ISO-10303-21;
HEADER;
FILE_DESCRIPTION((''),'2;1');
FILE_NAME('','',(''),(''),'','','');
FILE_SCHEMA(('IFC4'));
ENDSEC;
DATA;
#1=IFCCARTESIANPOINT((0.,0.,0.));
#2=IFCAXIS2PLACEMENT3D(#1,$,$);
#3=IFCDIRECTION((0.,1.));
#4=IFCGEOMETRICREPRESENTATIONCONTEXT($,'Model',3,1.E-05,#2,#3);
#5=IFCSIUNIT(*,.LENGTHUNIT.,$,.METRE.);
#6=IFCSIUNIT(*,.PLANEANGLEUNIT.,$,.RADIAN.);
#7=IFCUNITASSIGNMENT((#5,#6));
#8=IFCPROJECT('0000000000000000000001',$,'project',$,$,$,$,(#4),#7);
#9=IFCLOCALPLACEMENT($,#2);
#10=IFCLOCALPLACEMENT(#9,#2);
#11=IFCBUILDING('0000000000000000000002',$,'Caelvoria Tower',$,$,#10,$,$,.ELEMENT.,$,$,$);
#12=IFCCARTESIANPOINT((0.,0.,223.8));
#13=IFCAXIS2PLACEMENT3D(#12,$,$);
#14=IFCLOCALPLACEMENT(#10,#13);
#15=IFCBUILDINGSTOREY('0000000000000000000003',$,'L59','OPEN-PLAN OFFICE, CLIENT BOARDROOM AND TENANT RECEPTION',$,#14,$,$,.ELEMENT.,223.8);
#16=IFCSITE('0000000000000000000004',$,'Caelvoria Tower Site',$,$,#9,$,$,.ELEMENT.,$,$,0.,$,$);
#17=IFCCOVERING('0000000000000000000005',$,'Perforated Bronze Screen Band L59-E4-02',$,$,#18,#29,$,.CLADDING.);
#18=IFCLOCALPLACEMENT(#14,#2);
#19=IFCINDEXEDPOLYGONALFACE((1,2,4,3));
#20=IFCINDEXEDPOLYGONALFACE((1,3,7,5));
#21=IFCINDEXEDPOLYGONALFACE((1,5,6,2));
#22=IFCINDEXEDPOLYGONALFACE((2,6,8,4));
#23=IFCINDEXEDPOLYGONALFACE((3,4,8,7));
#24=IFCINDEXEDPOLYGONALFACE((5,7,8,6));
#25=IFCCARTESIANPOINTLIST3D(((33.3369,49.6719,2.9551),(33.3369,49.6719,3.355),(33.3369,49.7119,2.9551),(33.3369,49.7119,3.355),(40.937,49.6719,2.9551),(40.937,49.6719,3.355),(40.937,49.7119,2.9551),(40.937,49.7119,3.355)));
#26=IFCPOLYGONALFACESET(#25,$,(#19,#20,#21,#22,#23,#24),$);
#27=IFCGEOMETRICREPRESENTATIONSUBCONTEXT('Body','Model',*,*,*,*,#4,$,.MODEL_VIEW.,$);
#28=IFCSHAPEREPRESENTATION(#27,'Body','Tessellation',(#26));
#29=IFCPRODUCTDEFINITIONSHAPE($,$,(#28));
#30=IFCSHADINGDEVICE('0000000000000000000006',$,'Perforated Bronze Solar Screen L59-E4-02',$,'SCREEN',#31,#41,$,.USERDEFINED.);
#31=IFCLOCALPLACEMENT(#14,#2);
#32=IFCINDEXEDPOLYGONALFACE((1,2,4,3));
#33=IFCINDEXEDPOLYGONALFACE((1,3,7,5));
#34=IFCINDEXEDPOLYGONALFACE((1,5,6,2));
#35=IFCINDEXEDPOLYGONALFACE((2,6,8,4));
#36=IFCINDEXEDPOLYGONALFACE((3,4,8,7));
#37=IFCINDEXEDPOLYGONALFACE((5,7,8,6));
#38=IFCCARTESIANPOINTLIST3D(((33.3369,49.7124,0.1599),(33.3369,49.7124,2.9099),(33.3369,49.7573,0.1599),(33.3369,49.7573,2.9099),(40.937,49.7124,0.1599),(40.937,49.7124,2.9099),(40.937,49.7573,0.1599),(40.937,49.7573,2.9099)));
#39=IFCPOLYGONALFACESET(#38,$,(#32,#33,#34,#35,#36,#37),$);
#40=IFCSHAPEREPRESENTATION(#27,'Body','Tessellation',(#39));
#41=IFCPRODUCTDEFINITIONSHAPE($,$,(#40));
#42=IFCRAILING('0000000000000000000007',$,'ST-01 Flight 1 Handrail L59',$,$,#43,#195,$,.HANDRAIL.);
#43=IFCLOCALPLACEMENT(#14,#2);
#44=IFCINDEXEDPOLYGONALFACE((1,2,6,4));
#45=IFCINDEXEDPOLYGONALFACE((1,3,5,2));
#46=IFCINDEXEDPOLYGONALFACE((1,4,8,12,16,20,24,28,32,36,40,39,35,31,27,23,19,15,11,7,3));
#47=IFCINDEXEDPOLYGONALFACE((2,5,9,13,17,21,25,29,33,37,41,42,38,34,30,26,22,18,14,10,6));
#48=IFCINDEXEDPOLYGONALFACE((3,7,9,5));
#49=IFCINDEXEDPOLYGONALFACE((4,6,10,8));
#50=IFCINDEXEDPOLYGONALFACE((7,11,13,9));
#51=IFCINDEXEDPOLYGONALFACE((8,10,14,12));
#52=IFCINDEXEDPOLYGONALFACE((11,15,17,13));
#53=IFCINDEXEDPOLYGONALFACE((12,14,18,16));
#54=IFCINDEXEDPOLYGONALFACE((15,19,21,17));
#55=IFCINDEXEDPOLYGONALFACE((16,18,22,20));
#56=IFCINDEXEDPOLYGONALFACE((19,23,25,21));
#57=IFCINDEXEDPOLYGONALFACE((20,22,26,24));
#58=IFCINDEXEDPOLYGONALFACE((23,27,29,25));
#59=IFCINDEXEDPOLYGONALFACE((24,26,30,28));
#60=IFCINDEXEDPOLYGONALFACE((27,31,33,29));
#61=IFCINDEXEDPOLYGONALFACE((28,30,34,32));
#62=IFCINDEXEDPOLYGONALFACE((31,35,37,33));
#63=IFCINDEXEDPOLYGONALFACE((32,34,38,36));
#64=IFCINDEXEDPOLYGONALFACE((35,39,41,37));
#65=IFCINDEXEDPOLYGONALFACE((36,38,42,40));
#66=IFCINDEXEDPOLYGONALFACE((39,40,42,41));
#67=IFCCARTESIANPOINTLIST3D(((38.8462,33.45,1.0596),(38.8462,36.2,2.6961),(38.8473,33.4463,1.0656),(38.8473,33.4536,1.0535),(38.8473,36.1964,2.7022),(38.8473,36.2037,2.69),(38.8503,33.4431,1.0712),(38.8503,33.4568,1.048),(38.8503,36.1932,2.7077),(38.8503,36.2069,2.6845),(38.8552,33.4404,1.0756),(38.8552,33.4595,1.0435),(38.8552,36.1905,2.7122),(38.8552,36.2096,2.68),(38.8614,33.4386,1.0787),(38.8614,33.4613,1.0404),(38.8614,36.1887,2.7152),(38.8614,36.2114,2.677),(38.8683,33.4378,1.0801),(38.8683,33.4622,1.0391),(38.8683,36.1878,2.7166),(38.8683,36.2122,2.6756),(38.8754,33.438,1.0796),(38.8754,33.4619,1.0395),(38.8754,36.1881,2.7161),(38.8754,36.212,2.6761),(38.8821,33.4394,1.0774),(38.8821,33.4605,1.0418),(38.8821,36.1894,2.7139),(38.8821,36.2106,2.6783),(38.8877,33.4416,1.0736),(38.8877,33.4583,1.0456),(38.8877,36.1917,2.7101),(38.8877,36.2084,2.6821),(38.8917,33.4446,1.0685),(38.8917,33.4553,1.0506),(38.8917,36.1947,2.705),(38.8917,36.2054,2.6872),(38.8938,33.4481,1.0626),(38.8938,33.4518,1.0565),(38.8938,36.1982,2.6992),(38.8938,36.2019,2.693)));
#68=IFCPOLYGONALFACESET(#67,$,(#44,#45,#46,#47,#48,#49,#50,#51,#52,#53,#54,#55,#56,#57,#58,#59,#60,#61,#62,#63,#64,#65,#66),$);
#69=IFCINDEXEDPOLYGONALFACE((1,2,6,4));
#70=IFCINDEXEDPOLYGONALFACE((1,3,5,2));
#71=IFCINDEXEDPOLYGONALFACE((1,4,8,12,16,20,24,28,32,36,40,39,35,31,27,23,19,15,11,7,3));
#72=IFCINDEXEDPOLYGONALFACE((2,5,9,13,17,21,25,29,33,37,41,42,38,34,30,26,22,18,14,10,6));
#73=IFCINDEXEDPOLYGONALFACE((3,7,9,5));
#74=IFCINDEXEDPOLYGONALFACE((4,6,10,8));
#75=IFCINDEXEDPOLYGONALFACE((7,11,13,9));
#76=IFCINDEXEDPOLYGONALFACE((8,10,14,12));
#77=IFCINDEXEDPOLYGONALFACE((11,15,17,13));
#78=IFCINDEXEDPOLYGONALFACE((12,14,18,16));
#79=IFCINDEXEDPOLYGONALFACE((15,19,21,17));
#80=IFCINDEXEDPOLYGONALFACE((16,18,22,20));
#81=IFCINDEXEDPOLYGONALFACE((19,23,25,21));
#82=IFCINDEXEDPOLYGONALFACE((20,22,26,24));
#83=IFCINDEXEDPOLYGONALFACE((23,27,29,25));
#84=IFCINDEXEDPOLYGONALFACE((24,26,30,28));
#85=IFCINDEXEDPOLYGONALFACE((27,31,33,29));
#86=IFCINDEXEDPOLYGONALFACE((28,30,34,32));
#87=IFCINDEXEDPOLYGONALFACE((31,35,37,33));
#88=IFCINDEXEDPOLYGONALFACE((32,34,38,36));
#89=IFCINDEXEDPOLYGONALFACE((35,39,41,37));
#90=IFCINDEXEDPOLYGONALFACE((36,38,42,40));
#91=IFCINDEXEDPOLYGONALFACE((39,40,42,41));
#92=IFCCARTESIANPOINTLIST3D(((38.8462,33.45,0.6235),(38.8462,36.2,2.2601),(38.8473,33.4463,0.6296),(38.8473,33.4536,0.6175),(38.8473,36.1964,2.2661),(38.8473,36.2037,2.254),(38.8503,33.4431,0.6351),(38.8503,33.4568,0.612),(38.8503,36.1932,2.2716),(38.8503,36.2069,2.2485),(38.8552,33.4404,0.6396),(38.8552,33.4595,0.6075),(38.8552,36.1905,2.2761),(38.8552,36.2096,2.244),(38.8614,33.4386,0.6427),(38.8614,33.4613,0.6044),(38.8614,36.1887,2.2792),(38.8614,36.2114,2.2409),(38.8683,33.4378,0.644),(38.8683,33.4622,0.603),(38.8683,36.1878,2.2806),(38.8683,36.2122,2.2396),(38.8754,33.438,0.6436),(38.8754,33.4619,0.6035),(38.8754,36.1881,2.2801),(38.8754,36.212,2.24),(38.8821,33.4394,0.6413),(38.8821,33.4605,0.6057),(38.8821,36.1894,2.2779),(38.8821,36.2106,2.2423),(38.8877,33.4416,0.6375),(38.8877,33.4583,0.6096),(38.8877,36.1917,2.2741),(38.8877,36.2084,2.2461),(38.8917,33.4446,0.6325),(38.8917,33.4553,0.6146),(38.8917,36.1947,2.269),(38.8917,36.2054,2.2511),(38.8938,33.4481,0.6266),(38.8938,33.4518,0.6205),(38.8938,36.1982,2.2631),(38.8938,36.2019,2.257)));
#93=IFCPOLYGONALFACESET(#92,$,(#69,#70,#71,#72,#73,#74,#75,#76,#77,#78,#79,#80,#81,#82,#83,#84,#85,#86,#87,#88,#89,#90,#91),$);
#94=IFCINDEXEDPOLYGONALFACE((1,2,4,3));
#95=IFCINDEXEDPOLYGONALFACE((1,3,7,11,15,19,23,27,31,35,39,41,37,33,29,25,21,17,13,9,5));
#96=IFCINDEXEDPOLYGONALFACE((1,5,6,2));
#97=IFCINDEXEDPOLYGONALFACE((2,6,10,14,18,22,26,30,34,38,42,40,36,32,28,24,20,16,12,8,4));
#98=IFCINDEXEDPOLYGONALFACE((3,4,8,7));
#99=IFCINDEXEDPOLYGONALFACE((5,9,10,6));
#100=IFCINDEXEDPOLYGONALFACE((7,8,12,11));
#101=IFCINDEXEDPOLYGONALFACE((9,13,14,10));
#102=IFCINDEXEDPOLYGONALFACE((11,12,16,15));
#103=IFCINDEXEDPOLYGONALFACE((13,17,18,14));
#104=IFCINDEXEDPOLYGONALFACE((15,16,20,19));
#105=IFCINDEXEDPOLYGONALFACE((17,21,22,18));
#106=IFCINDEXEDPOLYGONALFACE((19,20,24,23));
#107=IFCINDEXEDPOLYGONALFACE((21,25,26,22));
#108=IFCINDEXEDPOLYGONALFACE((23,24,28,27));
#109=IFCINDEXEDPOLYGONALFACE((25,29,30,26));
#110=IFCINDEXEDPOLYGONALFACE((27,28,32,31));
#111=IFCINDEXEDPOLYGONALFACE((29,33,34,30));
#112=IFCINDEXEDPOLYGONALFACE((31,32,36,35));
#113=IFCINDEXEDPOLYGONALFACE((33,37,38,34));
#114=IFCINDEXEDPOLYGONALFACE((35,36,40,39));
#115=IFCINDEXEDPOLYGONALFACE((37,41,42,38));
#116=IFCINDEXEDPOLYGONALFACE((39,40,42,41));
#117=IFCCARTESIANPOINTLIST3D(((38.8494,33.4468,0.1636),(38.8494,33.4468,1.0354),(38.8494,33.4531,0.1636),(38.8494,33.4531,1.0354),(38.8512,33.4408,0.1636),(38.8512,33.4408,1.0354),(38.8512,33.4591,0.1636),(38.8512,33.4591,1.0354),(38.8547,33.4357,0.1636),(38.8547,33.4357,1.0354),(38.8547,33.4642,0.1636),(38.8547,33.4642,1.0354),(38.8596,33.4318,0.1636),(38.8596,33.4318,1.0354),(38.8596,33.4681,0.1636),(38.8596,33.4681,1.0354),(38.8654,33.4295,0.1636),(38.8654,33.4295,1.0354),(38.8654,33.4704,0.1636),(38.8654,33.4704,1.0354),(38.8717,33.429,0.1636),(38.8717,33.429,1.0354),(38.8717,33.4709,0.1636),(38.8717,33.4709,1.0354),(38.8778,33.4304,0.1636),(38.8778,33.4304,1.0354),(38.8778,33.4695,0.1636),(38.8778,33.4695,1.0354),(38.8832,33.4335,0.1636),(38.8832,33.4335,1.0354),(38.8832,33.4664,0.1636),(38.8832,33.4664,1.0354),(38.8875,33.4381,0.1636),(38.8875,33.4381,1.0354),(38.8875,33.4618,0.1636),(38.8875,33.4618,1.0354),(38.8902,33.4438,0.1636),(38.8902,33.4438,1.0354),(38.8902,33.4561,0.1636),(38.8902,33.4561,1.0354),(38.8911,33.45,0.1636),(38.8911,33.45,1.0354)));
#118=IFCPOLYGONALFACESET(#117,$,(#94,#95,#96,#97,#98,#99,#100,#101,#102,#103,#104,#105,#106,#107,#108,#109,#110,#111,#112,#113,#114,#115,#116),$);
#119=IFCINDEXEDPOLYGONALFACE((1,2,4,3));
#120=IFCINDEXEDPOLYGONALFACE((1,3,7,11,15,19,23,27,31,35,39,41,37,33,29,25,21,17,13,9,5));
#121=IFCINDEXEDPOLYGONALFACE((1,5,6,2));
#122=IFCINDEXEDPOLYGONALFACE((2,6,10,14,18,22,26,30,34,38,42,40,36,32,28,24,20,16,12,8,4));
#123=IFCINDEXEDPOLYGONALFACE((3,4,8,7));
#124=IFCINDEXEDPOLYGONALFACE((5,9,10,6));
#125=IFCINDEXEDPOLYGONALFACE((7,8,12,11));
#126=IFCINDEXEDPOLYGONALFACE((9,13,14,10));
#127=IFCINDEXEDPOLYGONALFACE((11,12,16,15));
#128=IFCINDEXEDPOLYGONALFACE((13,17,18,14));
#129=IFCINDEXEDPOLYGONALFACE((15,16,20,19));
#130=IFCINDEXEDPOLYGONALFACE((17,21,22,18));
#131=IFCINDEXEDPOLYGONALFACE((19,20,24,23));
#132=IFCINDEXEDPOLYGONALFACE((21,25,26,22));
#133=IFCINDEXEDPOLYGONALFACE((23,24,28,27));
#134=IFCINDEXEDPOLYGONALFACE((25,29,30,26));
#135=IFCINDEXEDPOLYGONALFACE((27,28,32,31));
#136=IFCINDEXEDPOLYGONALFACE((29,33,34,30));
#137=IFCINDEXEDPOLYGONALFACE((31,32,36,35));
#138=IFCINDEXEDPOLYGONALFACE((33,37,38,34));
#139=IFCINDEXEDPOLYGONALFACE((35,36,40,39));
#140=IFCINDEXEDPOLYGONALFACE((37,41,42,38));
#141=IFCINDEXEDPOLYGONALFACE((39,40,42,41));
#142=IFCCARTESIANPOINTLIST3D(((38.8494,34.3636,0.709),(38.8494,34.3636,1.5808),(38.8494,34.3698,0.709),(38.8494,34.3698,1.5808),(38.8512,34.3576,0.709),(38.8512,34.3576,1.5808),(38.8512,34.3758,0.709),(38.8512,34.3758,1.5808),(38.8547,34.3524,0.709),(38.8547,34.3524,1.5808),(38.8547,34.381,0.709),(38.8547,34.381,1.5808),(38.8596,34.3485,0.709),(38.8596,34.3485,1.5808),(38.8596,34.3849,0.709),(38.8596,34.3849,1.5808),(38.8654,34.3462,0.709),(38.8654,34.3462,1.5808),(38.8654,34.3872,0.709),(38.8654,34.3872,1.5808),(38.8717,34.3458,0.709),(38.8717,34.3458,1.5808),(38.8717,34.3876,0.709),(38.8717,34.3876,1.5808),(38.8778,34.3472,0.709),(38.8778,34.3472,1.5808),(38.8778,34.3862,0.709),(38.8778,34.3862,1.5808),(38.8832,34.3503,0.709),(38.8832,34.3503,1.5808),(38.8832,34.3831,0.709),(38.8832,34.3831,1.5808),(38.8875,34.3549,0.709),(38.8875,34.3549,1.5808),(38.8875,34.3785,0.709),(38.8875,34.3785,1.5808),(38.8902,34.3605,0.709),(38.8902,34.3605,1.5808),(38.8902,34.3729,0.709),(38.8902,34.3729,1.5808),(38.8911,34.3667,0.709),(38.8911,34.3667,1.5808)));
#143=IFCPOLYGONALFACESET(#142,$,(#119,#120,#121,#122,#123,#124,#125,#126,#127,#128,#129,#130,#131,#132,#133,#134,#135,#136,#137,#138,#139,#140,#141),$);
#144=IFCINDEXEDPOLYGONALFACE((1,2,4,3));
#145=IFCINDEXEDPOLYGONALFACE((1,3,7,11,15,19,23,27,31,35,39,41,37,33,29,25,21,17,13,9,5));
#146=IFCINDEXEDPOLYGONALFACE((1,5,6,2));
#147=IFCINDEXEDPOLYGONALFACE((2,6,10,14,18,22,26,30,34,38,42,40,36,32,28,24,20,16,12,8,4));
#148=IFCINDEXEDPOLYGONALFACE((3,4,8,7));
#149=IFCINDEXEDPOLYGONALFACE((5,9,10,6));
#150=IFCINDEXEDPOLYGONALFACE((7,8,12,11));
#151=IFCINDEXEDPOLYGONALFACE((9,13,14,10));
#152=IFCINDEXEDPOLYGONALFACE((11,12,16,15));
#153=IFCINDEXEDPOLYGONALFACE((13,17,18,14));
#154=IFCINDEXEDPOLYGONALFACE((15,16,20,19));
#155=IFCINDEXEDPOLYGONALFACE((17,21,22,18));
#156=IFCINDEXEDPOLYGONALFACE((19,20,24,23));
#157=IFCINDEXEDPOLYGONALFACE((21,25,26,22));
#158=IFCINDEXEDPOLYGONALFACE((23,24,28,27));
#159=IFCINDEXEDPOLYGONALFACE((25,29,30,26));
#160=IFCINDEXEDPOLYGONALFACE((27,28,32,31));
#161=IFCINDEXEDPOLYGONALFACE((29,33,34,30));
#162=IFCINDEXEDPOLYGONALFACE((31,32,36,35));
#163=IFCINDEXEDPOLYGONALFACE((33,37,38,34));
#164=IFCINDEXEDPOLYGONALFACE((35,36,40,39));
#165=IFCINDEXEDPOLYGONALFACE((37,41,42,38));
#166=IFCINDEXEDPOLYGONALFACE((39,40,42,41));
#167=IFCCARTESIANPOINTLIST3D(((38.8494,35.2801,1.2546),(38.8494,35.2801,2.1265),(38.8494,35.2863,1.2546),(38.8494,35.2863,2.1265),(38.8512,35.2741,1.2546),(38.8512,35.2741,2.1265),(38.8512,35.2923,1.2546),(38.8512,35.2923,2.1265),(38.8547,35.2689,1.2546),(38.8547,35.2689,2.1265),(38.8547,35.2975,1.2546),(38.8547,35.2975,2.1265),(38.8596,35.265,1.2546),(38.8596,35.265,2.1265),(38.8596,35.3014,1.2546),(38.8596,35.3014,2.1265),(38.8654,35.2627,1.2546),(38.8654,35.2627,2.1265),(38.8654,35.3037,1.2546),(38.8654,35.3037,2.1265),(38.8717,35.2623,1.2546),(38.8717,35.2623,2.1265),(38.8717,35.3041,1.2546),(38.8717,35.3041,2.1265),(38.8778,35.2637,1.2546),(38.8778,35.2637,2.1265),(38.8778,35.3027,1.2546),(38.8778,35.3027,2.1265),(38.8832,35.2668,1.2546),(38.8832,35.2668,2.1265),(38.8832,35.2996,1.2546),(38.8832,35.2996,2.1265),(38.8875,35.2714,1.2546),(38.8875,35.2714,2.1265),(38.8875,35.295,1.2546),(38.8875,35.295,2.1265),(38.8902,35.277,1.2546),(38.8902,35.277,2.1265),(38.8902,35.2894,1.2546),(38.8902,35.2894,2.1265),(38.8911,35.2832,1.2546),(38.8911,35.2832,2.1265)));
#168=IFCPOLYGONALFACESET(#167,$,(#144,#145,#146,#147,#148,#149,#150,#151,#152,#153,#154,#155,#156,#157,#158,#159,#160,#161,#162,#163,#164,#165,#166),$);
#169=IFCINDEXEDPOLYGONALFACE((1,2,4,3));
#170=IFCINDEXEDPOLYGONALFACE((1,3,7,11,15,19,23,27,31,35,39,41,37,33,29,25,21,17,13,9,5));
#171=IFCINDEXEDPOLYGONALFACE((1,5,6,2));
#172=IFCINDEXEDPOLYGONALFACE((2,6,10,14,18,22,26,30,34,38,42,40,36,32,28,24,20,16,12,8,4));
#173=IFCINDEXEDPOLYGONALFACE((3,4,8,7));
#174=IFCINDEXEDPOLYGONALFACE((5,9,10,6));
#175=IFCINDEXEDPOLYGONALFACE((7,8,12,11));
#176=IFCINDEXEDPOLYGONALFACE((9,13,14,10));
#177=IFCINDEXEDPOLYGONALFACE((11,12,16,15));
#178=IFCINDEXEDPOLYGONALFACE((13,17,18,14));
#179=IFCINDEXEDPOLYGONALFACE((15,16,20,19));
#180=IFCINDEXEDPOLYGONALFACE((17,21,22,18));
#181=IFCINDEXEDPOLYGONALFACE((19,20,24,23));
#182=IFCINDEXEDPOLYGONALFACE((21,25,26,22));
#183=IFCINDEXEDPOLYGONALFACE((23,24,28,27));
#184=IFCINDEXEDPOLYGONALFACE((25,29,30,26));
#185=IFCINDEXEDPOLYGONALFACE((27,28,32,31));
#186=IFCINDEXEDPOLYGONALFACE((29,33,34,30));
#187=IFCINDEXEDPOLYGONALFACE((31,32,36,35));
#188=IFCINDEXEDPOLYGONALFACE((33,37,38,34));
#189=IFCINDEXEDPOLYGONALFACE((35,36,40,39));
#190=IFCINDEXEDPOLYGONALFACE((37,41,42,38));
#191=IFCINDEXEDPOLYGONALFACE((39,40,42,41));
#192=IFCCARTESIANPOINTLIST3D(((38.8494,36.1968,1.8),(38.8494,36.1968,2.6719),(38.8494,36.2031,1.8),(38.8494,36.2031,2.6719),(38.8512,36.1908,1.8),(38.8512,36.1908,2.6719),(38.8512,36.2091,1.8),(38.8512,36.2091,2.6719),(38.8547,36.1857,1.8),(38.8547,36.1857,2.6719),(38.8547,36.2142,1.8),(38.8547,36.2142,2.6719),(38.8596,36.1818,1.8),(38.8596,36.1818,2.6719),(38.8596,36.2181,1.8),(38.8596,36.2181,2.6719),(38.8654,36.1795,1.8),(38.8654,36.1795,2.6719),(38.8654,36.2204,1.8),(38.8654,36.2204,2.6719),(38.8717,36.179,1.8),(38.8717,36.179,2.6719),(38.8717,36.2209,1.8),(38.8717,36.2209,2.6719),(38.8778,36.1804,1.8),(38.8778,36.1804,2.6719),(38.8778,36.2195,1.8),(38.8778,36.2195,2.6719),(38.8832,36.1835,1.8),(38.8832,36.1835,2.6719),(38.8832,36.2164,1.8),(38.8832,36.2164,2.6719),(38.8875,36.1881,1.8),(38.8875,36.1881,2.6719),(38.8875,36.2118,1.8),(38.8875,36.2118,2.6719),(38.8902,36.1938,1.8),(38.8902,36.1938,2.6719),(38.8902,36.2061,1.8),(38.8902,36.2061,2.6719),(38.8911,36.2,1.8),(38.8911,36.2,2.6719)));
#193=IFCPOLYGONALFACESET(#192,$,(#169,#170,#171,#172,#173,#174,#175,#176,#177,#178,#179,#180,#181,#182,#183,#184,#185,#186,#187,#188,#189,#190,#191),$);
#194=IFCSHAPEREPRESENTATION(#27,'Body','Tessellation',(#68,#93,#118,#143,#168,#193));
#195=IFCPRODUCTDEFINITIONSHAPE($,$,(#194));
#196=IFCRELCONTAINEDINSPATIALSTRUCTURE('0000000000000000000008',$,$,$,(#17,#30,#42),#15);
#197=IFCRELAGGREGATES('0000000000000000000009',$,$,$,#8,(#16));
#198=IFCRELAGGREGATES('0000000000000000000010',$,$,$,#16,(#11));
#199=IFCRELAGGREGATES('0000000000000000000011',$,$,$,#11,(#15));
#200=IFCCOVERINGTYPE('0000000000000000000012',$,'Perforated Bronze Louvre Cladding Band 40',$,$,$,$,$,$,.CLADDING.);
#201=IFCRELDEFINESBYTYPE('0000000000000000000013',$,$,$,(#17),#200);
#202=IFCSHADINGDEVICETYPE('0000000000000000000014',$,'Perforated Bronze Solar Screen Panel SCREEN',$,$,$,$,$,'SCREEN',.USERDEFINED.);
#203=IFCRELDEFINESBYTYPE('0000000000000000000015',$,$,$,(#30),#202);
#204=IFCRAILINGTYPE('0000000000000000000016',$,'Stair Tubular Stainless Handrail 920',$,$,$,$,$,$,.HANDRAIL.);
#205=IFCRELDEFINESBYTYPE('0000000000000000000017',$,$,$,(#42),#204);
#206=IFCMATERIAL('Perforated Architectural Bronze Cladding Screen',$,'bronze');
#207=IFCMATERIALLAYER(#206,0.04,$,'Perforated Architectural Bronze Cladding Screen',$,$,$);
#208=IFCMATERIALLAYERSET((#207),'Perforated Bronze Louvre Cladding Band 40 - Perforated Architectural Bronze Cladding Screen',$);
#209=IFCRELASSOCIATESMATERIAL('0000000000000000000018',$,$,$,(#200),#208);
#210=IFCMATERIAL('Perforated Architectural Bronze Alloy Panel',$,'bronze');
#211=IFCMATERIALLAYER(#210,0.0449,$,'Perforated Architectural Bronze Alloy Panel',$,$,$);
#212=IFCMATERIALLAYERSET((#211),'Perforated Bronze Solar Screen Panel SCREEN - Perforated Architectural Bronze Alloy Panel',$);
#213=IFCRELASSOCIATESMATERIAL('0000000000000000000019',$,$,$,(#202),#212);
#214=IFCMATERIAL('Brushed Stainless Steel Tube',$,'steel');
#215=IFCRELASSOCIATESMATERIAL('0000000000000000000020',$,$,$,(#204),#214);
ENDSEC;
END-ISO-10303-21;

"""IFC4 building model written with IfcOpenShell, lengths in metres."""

from ifc_helpers import new_model, si_unit, direction, frame, origin, origin_2d, place, context, subcontext, project, spatial, rectangle, circle, extrude, material, layer, layer_set, type_object, element, save


model = new_model("IFC4")

# Units and contexts
model_context = context("Model", 3, precision=1e-05, world=origin(), true_north=direction((0.0, 1.0)))
body_context = subcontext(model_context, "Body", "Model", "MODEL_VIEW")
ifc_project = project(units=[si_unit("LENGTHUNIT", "METRE"), si_unit("PLANEANGLEUNIT", "RADIAN")], contexts=[model_context])

# Site, building, storey
site_placement = place(None, origin())
site = spatial("IfcSite", under=ifc_project, at=site_placement, Name="Caelvoria Tower Site", CompositionType="ELEMENT", RefElevation=0.0)
building_placement = place(site_placement, origin())
building = spatial("IfcBuilding", under=site, at=building_placement, Name="Caelvoria Tower", CompositionType="ELEMENT")
storey_placement = place(building_placement, frame((0.0, 0.0, 223.8)))
storey = spatial("IfcBuildingStorey", under=building, at=storey_placement, Name="L59", Description="OPEN-PLAN OFFICE, CLIENT BOARDROOM AND TENANT RECEPTION", CompositionType="ELEMENT", Elevation=223.8)

# Covering
ifc_material_1 = material(Name="Perforated Architectural Bronze Cladding Screen", Category="bronze")
ifc_layer_1 = layer(ifc_material_1, 0.04, Name="Perforated Architectural Bronze Cladding Screen")
ifc_layer_set_1 = layer_set([ifc_layer_1], Name="Perforated Bronze Louvre Cladding Band 40 - Perforated Architectural Bronze Cladding Screen")
covering_type = type_object("IfcCoveringType", Name="Perforated Bronze Louvre Cladding Band 40", PredefinedType="CLADDING", material=ifc_layer_set_1)
covering_placement = place(storey_placement, frame((37.137, 49.6919, 2.9551), z_axis=(0.0, 0.0, 1.0), x_axis=(-1.0, 0.0, 0.0)))
element("IfcCovering", 1, at=covering_placement, inside=storey, type_object=covering_type, Name="Perforated Bronze Screen Band L59-E4-02", PredefinedType="CLADDING", context=body_context, shape_type="SweptSolid", body=[
    extrude(rectangle(XDim=7.6001, YDim=0.04, at=origin_2d()), origin(), (0.0, 0.0, 1.0), 0.3999),
])

# Shading device
ifc_material_2 = material(Name="Perforated Architectural Bronze Alloy Panel", Category="bronze")
ifc_layer_2 = layer(ifc_material_2, 0.0449, Name="Perforated Architectural Bronze Alloy Panel")
ifc_layer_set_2 = layer_set([ifc_layer_2], Name="Perforated Bronze Solar Screen Panel SCREEN - Perforated Architectural Bronze Alloy Panel")
shading_device_type = type_object("IfcShadingDeviceType", Name="Perforated Bronze Solar Screen Panel SCREEN", ElementType="SCREEN", PredefinedType="USERDEFINED", material=ifc_layer_set_2)
shading_device_placement = place(storey_placement, frame((37.137, 49.7349, 0.1599), z_axis=(0.0, 0.0, 1.0), x_axis=(-1.0, 0.0, 0.0)))
element("IfcShadingDevice", 2, at=shading_device_placement, inside=storey, type_object=shading_device_type, Name="Perforated Bronze Solar Screen L59-E4-02", ObjectType="SCREEN", PredefinedType="USERDEFINED", context=body_context, shape_type="SweptSolid", body=[
    extrude(rectangle(XDim=7.6001, YDim=0.0449, at=origin_2d()), origin(), (0.0, 0.0, 1.0), 2.75),
])

# Railing
ifc_material_3 = material(Name="Brushed Stainless Steel Tube", Category="steel")
railing_type_1 = type_object("IfcRailingType", Name="Stair Tubular Stainless Handrail 920", PredefinedType="HANDRAIL", material=ifc_material_3)
railing_1_placement = place(storey_placement, frame((38.8701, 33.45, 0.1636)))
element("IfcRailing", 3, at=railing_1_placement, inside=storey, type_object=railing_type_1, Name="ST-01 Flight 1 Handrail L59", PredefinedType="HANDRAIL", context=body_context, shape_type="SweptSolid", body=[
    extrude(circle(Radius=0.0239, at=origin_2d()), frame((0.0, 0.0, 0.896), z_axis=(0.0, 0.859352, 0.511385), x_axis=(-1.0, 0.0, 0.0)), (0.0, 0.0, 1.0), 3.2002),
    extrude(circle(Radius=0.0239, at=origin_2d()), frame((0.0, 0.0, 0.46), z_axis=(0.0, 0.859352, 0.511385), x_axis=(-1.0, 0.0, 0.0)), (0.0, 0.0, 1.0), 3.2002),
    extrude(circle(Radius=0.021, at=origin_2d()), origin(), (0.0, 0.0, 1.0), 0.8718),
    extrude(circle(Radius=0.021, at=origin_2d()), frame((0.0, 0.9167, 0.5454)), (0.0, 0.0, 1.0), 0.8718),
    extrude(circle(Radius=0.021, at=origin_2d()), frame((0.0, 1.8333, 1.0911)), (0.0, 0.0, 1.0), 0.8718),
    extrude(circle(Radius=0.021, at=origin_2d()), frame((0.0, 2.75, 1.6365)), (0.0, 0.0, 1.0), 0.8718),
])

save(model, "model.ifc")
